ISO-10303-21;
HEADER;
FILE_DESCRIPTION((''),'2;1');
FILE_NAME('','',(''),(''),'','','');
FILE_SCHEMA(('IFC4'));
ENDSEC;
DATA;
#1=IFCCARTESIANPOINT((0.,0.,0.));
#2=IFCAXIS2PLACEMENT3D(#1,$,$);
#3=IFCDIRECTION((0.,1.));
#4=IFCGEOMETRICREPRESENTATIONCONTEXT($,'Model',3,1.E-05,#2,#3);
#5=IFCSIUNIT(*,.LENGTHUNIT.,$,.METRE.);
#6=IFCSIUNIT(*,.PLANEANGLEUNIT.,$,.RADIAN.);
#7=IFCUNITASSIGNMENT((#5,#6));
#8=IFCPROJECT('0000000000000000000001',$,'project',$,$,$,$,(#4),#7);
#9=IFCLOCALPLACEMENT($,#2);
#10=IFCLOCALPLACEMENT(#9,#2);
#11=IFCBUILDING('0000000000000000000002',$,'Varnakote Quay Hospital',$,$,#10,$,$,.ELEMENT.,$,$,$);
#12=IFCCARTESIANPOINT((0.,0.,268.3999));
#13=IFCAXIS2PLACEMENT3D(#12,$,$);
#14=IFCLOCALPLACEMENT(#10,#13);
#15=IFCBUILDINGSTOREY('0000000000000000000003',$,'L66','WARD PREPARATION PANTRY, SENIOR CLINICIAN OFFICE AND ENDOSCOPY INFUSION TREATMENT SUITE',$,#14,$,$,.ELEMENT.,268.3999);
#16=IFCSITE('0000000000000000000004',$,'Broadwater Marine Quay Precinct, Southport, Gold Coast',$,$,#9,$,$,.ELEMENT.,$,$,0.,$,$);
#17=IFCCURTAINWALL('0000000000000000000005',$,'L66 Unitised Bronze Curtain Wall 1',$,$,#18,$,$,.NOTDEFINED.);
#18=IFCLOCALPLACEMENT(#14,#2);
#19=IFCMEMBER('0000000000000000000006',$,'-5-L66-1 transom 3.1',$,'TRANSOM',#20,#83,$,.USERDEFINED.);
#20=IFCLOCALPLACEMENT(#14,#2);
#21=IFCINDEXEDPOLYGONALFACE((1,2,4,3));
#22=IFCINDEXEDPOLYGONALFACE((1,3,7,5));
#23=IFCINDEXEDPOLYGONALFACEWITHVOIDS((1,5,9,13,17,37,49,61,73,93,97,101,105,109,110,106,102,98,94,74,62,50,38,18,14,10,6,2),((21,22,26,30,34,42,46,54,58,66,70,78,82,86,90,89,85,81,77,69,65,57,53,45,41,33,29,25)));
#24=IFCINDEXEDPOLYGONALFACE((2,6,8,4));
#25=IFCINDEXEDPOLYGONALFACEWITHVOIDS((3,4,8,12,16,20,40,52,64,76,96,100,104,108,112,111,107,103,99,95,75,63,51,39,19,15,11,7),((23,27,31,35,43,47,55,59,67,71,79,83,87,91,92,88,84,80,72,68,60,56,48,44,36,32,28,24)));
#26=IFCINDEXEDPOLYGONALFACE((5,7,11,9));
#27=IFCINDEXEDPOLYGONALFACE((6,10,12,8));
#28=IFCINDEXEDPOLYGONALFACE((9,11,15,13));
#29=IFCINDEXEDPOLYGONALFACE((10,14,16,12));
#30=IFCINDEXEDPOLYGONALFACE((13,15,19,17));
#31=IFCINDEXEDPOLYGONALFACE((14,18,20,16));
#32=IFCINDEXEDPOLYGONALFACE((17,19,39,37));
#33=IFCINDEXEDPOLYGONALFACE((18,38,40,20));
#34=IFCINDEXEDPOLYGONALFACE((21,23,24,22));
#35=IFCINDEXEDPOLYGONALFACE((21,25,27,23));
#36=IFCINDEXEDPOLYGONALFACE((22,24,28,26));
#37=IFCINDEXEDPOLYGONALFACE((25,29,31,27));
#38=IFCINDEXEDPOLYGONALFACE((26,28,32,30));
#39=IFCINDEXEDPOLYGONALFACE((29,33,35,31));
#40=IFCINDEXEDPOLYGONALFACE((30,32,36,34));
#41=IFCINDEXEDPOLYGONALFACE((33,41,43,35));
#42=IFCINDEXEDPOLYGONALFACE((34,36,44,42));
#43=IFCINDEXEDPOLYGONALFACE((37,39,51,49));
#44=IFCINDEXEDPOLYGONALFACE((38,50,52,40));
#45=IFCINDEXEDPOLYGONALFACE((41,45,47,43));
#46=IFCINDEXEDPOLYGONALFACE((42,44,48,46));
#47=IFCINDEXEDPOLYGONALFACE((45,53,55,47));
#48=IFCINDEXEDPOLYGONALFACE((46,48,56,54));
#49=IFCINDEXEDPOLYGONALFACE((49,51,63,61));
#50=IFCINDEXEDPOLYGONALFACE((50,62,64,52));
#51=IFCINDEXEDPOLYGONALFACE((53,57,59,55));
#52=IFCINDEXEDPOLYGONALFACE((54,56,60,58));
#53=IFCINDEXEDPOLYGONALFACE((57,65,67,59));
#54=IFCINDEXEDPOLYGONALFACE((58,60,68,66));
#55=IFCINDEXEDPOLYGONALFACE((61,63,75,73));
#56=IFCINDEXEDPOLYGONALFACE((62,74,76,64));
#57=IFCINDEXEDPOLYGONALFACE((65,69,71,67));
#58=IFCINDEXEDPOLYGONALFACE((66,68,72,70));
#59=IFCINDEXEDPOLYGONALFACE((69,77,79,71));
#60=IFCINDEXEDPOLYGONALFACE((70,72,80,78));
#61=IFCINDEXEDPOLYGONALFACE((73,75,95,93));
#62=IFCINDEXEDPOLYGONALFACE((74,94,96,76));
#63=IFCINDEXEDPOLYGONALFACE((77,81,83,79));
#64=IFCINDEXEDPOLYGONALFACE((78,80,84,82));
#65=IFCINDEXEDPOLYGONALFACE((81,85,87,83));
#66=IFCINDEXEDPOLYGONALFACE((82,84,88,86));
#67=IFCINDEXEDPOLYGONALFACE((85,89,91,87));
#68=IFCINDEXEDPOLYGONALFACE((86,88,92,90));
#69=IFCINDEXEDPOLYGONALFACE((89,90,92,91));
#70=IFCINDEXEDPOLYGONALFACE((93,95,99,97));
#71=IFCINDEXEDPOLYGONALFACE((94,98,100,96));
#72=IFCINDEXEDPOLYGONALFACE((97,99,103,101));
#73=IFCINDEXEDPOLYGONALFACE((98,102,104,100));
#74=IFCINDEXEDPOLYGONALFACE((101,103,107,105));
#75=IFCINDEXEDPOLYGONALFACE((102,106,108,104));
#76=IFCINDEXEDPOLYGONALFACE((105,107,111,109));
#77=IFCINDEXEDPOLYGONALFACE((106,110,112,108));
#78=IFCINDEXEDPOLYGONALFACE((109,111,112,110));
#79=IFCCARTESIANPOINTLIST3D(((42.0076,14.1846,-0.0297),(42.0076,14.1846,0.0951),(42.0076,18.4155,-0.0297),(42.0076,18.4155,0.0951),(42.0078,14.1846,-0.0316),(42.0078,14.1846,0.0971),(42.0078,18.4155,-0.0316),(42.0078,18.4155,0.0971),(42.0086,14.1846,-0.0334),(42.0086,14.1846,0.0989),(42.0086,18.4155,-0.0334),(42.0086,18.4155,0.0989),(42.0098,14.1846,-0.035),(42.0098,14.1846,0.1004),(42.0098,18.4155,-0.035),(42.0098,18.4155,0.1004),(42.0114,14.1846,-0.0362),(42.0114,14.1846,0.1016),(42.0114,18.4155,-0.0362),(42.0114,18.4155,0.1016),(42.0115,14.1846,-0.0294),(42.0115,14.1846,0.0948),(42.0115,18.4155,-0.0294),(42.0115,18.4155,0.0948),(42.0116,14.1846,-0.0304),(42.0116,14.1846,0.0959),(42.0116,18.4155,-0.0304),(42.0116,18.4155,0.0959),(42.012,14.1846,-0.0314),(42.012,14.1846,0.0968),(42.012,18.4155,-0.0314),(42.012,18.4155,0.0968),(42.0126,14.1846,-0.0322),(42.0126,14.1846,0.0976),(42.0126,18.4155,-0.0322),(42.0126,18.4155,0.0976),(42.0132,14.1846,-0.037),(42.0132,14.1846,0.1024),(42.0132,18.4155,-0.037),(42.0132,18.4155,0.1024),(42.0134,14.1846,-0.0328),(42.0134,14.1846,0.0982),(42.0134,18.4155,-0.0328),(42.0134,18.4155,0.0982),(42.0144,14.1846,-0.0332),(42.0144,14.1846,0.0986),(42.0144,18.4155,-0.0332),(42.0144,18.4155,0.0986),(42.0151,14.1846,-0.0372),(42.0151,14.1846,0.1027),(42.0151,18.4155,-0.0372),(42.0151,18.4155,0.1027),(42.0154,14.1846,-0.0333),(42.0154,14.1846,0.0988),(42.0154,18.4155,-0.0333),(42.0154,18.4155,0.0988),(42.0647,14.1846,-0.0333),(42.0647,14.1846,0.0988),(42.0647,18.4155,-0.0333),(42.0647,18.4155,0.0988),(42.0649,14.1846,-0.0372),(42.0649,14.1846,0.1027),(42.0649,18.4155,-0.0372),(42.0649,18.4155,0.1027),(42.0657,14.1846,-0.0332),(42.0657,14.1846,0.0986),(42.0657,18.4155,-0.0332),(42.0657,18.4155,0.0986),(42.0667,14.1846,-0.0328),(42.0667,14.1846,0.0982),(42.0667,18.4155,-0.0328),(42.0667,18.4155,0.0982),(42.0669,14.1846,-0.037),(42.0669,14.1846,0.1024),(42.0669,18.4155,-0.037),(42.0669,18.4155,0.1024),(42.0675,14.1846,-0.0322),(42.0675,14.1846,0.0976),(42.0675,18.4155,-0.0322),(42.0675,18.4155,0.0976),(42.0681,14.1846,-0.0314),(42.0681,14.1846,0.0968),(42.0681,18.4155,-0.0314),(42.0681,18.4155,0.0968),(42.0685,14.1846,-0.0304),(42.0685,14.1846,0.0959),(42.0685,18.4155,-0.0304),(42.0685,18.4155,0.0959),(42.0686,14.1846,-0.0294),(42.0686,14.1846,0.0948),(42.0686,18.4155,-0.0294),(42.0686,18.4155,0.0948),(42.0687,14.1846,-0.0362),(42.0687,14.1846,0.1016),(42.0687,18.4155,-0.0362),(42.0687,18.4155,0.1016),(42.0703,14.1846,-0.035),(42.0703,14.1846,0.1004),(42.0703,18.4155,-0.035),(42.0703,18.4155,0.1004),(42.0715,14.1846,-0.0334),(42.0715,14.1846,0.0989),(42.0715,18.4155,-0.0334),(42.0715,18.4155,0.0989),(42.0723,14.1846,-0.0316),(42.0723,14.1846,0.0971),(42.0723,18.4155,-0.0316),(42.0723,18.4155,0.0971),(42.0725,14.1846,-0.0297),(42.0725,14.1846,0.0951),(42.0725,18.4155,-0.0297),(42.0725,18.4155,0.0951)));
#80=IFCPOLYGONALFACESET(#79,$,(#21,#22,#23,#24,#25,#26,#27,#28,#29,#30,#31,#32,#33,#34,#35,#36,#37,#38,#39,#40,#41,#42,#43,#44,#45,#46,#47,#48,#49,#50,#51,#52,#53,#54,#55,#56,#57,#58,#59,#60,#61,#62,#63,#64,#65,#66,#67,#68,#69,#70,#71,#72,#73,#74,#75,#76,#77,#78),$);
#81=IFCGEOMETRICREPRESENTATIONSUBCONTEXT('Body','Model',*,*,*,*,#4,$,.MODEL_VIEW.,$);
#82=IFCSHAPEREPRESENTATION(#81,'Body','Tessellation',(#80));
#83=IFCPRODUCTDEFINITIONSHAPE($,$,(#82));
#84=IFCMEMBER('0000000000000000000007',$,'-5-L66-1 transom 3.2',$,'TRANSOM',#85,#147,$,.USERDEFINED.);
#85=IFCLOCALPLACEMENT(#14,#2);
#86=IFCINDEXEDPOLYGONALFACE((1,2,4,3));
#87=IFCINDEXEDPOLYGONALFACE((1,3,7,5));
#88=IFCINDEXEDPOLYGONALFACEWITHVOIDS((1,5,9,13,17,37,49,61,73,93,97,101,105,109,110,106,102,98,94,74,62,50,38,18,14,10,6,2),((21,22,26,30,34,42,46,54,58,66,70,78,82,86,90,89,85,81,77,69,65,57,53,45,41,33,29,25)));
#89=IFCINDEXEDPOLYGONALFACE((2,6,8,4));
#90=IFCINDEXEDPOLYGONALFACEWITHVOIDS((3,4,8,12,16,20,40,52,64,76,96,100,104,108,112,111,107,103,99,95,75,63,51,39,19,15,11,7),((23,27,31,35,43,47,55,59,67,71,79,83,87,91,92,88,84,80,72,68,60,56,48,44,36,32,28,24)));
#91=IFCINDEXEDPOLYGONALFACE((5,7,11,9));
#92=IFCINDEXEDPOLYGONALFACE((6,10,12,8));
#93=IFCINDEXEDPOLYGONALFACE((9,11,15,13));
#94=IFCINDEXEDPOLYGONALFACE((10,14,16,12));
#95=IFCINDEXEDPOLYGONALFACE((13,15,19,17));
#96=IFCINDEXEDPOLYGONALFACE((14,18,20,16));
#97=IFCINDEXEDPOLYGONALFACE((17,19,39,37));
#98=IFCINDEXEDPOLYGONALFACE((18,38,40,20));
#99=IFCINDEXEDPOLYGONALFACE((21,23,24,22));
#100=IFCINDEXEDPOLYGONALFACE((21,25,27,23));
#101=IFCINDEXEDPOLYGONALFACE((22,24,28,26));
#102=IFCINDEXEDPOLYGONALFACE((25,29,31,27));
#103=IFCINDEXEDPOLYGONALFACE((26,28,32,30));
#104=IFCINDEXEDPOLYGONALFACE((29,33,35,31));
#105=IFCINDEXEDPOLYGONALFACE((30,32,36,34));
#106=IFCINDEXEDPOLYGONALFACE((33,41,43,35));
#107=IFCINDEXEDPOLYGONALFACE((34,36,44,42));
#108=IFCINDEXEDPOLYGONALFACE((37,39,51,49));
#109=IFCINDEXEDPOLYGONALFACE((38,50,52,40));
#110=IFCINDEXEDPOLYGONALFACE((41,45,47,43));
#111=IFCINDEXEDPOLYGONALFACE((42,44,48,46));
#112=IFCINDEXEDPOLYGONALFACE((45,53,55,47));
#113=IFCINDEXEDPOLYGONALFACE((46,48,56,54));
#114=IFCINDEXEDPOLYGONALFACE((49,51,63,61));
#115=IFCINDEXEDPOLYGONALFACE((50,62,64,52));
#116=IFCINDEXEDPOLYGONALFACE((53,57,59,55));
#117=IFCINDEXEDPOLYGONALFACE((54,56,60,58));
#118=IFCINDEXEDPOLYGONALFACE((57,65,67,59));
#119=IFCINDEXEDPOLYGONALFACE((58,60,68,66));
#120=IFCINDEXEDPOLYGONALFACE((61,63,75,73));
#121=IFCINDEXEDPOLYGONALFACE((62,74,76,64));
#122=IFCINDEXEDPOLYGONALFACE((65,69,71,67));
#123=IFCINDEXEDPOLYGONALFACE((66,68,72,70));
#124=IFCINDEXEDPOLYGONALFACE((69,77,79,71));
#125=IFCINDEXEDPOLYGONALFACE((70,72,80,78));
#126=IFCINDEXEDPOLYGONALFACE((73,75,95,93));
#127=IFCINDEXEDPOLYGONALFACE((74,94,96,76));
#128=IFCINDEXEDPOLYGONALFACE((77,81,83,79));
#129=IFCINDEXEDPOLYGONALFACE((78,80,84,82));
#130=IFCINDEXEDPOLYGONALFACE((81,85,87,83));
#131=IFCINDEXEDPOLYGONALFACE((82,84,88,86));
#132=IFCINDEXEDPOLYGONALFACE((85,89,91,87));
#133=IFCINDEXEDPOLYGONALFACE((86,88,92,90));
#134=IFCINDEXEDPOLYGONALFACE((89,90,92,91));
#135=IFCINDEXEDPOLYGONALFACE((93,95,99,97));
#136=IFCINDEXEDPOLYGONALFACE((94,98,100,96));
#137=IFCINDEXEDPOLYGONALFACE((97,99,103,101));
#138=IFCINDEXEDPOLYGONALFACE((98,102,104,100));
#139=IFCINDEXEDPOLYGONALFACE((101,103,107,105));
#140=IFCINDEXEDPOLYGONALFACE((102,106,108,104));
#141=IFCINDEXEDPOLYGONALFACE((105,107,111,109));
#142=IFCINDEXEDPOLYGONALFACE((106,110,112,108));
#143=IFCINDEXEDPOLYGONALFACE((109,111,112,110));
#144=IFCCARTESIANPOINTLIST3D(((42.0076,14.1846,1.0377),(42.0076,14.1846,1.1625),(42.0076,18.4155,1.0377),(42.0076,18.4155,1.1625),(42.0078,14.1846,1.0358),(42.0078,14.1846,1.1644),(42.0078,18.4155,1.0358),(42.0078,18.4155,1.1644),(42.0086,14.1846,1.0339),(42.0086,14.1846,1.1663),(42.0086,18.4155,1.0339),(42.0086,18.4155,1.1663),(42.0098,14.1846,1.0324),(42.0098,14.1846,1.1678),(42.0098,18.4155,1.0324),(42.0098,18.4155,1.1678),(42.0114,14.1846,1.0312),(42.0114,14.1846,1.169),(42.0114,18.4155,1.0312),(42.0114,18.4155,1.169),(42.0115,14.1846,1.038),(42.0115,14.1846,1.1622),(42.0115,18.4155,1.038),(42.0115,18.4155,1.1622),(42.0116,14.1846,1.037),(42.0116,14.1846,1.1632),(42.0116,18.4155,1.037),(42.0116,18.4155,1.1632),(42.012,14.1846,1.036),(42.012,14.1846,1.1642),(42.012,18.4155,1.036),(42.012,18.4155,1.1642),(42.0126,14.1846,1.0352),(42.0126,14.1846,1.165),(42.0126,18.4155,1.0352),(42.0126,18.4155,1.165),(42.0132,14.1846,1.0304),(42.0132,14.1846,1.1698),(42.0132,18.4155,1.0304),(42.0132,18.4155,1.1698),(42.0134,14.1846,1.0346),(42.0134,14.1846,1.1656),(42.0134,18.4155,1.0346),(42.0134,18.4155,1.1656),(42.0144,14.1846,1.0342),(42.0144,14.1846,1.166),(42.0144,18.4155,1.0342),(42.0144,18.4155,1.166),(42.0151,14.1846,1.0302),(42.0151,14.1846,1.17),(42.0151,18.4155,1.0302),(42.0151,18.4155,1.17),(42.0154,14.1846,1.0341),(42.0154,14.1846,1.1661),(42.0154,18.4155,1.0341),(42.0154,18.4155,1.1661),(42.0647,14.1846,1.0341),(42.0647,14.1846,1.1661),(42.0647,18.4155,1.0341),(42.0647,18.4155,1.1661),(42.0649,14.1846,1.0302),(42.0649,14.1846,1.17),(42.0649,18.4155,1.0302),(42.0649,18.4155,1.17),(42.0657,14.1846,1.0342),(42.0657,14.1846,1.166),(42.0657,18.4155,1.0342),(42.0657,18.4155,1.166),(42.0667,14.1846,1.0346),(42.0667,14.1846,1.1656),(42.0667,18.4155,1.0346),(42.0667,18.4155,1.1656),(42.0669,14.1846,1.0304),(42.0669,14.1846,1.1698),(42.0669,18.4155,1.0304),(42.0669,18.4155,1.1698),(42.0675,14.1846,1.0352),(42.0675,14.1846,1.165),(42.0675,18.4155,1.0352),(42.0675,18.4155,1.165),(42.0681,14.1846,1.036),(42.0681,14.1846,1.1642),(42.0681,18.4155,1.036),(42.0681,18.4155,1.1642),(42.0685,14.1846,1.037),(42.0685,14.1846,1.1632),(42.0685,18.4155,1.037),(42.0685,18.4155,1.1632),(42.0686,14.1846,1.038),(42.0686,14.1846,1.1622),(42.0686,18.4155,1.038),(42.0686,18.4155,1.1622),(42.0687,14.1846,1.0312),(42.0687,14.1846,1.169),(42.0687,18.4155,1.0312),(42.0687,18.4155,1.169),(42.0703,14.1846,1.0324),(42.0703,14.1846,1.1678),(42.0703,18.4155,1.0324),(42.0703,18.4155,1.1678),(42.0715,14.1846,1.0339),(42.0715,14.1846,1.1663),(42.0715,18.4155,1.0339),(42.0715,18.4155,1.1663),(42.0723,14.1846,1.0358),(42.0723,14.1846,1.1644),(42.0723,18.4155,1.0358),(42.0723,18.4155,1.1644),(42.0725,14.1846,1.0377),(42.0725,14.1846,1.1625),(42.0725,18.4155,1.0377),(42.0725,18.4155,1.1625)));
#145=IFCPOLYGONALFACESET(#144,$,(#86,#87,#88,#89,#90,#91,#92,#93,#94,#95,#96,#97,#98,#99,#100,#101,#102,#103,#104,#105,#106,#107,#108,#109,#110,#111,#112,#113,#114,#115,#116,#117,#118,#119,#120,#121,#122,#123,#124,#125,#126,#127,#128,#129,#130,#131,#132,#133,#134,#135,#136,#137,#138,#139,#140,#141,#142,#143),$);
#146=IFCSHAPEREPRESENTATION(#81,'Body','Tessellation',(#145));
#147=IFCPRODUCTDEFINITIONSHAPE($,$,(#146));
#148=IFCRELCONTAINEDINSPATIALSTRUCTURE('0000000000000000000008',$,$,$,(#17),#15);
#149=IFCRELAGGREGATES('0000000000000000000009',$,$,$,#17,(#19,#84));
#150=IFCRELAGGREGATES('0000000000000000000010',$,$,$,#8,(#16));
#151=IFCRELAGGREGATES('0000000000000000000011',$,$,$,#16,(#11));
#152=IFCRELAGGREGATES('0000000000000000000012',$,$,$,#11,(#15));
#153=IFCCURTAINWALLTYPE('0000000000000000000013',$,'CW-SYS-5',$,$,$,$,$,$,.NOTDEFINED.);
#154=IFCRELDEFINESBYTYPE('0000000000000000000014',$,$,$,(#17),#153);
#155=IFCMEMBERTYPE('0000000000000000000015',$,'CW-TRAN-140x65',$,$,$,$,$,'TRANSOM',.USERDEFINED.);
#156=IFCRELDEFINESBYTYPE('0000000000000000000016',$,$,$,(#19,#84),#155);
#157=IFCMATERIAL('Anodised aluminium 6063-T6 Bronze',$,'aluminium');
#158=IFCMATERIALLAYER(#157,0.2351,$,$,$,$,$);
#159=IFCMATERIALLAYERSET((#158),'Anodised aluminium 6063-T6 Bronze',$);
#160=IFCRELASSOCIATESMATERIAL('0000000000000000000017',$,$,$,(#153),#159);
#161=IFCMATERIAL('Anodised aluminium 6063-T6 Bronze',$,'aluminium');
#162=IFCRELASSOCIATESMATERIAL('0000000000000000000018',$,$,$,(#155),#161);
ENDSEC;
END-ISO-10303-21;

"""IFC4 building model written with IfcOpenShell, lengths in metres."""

from ifc_helpers import new_model, si_unit, direction, frame, origin, origin_2d, place, context, subcontext, project, spatial, hollow_rectangle, extrude, material, layer, layer_set, material_profile, profile_set, type_object, element, aggregate, save


model = new_model("IFC4")

# Units and contexts
model_context = context("Model", 3, precision=1e-05, world=origin(), true_north=direction((0.0, 1.0)))
body_context = subcontext(model_context, "Body", "Model", "MODEL_VIEW")
ifc_project = project(units=[si_unit("LENGTHUNIT", "METRE"), si_unit("PLANEANGLEUNIT", "RADIAN")], contexts=[model_context])

# Site, building, storey
site_placement = place(None, origin())
site = spatial("IfcSite", under=ifc_project, at=site_placement, Name="Broadwater Marine Quay Precinct, Southport, Gold Coast", CompositionType="ELEMENT", RefElevation=0.0)
building_placement = place(site_placement, origin())
building = spatial("IfcBuilding", under=site, at=building_placement, Name="Varnakote Quay Hospital", CompositionType="ELEMENT")
storey_placement = place(building_placement, frame((0.0, 0.0, 268.3999)))
storey = spatial("IfcBuildingStorey", under=building, at=storey_placement, Name="L66", Description="WARD PREPARATION PANTRY, SENIOR CLINICIAN OFFICE AND ENDOSCOPY INFUSION TREATMENT SUITE", CompositionType="ELEMENT", Elevation=268.3999)

# Curtain wall, members
ifc_material_1 = material(Name="Anodised aluminium 6063-T6 Bronze", Category="aluminium")
ifc_layer_1 = layer(ifc_material_1, 0.2351)
ifc_layer_set_1 = layer_set([ifc_layer_1], Name="Anodised aluminium 6063-T6 Bronze")
curtain_wall_type = type_object("IfcCurtainWallType", Name="CW-SYS-5", PredefinedType="NOTDEFINED", material=ifc_layer_set_1)
curtain_wall_placement = place(storey_placement, origin())
curtain_wall = element("IfcCurtainWall", 1, at=curtain_wall_placement, inside=storey, type_object=curtain_wall_type, Name="L66 Unitised Bronze Curtain Wall 1", PredefinedType="NOTDEFINED")
ifc_material_2 = material(Name="Anodised aluminium 6063-T6 Bronze", Category="aluminium")
ifc_material_profile_1 = material_profile(ifc_material_2, hollow_rectangle(XDim=0.0649, YDim=0.1399, WallThickness=0.0039, InnerFilletRadius=0.0039, OuterFilletRadius=0.0076, at=origin_2d()), Name="CW-TRAN-140x65")
ifc_profile_set_1 = profile_set([ifc_material_profile_1], Name="Anodised aluminium 6063-T6 Bronze")
member_type_1 = type_object("IfcMemberType", Name="CW-TRAN-140x65", ElementType="TRANSOM", PredefinedType="USERDEFINED", material=ifc_profile_set_1)
member_1_placement = place(storey_placement, frame((42.04, 14.1846, 0.0327), z_axis=(0.0, 1.0, 0.0), x_axis=(-1.0, 0.0, 0.0)))
member_1 = element("IfcMember", 2, at=member_1_placement, type_object=member_type_1, Name="-5-L66-1 transom 3.1", ObjectType="TRANSOM", PredefinedType="USERDEFINED", context=body_context, shape_type="SweptSolid", body=[
    extrude(hollow_rectangle(XDim=0.0649, YDim=0.1399, WallThickness=0.0039, InnerFilletRadius=0.0039, OuterFilletRadius=0.0076, at=origin_2d()), origin(), (0.0, 0.0, 1.0), 4.231),
])
member_2_placement = place(storey_placement, frame((42.04, 14.1846, 1.1001), z_axis=(0.0, 1.0, 0.0), x_axis=(-1.0, 0.0, 0.0)))
member_2 = element("IfcMember", 3, at=member_2_placement, type_object=member_type_1, Name="-5-L66-1 transom 3.2", ObjectType="TRANSOM", PredefinedType="USERDEFINED", context=body_context, shape_type="SweptSolid", body=[
    extrude(hollow_rectangle(XDim=0.0649, YDim=0.1399, WallThickness=0.0039, InnerFilletRadius=0.0039, OuterFilletRadius=0.0076, at=origin_2d()), origin(), (0.0, 0.0, 1.0), 4.231),
])
aggregate(curtain_wall, [member_1, member_2])

save(model, "model.ifc")
